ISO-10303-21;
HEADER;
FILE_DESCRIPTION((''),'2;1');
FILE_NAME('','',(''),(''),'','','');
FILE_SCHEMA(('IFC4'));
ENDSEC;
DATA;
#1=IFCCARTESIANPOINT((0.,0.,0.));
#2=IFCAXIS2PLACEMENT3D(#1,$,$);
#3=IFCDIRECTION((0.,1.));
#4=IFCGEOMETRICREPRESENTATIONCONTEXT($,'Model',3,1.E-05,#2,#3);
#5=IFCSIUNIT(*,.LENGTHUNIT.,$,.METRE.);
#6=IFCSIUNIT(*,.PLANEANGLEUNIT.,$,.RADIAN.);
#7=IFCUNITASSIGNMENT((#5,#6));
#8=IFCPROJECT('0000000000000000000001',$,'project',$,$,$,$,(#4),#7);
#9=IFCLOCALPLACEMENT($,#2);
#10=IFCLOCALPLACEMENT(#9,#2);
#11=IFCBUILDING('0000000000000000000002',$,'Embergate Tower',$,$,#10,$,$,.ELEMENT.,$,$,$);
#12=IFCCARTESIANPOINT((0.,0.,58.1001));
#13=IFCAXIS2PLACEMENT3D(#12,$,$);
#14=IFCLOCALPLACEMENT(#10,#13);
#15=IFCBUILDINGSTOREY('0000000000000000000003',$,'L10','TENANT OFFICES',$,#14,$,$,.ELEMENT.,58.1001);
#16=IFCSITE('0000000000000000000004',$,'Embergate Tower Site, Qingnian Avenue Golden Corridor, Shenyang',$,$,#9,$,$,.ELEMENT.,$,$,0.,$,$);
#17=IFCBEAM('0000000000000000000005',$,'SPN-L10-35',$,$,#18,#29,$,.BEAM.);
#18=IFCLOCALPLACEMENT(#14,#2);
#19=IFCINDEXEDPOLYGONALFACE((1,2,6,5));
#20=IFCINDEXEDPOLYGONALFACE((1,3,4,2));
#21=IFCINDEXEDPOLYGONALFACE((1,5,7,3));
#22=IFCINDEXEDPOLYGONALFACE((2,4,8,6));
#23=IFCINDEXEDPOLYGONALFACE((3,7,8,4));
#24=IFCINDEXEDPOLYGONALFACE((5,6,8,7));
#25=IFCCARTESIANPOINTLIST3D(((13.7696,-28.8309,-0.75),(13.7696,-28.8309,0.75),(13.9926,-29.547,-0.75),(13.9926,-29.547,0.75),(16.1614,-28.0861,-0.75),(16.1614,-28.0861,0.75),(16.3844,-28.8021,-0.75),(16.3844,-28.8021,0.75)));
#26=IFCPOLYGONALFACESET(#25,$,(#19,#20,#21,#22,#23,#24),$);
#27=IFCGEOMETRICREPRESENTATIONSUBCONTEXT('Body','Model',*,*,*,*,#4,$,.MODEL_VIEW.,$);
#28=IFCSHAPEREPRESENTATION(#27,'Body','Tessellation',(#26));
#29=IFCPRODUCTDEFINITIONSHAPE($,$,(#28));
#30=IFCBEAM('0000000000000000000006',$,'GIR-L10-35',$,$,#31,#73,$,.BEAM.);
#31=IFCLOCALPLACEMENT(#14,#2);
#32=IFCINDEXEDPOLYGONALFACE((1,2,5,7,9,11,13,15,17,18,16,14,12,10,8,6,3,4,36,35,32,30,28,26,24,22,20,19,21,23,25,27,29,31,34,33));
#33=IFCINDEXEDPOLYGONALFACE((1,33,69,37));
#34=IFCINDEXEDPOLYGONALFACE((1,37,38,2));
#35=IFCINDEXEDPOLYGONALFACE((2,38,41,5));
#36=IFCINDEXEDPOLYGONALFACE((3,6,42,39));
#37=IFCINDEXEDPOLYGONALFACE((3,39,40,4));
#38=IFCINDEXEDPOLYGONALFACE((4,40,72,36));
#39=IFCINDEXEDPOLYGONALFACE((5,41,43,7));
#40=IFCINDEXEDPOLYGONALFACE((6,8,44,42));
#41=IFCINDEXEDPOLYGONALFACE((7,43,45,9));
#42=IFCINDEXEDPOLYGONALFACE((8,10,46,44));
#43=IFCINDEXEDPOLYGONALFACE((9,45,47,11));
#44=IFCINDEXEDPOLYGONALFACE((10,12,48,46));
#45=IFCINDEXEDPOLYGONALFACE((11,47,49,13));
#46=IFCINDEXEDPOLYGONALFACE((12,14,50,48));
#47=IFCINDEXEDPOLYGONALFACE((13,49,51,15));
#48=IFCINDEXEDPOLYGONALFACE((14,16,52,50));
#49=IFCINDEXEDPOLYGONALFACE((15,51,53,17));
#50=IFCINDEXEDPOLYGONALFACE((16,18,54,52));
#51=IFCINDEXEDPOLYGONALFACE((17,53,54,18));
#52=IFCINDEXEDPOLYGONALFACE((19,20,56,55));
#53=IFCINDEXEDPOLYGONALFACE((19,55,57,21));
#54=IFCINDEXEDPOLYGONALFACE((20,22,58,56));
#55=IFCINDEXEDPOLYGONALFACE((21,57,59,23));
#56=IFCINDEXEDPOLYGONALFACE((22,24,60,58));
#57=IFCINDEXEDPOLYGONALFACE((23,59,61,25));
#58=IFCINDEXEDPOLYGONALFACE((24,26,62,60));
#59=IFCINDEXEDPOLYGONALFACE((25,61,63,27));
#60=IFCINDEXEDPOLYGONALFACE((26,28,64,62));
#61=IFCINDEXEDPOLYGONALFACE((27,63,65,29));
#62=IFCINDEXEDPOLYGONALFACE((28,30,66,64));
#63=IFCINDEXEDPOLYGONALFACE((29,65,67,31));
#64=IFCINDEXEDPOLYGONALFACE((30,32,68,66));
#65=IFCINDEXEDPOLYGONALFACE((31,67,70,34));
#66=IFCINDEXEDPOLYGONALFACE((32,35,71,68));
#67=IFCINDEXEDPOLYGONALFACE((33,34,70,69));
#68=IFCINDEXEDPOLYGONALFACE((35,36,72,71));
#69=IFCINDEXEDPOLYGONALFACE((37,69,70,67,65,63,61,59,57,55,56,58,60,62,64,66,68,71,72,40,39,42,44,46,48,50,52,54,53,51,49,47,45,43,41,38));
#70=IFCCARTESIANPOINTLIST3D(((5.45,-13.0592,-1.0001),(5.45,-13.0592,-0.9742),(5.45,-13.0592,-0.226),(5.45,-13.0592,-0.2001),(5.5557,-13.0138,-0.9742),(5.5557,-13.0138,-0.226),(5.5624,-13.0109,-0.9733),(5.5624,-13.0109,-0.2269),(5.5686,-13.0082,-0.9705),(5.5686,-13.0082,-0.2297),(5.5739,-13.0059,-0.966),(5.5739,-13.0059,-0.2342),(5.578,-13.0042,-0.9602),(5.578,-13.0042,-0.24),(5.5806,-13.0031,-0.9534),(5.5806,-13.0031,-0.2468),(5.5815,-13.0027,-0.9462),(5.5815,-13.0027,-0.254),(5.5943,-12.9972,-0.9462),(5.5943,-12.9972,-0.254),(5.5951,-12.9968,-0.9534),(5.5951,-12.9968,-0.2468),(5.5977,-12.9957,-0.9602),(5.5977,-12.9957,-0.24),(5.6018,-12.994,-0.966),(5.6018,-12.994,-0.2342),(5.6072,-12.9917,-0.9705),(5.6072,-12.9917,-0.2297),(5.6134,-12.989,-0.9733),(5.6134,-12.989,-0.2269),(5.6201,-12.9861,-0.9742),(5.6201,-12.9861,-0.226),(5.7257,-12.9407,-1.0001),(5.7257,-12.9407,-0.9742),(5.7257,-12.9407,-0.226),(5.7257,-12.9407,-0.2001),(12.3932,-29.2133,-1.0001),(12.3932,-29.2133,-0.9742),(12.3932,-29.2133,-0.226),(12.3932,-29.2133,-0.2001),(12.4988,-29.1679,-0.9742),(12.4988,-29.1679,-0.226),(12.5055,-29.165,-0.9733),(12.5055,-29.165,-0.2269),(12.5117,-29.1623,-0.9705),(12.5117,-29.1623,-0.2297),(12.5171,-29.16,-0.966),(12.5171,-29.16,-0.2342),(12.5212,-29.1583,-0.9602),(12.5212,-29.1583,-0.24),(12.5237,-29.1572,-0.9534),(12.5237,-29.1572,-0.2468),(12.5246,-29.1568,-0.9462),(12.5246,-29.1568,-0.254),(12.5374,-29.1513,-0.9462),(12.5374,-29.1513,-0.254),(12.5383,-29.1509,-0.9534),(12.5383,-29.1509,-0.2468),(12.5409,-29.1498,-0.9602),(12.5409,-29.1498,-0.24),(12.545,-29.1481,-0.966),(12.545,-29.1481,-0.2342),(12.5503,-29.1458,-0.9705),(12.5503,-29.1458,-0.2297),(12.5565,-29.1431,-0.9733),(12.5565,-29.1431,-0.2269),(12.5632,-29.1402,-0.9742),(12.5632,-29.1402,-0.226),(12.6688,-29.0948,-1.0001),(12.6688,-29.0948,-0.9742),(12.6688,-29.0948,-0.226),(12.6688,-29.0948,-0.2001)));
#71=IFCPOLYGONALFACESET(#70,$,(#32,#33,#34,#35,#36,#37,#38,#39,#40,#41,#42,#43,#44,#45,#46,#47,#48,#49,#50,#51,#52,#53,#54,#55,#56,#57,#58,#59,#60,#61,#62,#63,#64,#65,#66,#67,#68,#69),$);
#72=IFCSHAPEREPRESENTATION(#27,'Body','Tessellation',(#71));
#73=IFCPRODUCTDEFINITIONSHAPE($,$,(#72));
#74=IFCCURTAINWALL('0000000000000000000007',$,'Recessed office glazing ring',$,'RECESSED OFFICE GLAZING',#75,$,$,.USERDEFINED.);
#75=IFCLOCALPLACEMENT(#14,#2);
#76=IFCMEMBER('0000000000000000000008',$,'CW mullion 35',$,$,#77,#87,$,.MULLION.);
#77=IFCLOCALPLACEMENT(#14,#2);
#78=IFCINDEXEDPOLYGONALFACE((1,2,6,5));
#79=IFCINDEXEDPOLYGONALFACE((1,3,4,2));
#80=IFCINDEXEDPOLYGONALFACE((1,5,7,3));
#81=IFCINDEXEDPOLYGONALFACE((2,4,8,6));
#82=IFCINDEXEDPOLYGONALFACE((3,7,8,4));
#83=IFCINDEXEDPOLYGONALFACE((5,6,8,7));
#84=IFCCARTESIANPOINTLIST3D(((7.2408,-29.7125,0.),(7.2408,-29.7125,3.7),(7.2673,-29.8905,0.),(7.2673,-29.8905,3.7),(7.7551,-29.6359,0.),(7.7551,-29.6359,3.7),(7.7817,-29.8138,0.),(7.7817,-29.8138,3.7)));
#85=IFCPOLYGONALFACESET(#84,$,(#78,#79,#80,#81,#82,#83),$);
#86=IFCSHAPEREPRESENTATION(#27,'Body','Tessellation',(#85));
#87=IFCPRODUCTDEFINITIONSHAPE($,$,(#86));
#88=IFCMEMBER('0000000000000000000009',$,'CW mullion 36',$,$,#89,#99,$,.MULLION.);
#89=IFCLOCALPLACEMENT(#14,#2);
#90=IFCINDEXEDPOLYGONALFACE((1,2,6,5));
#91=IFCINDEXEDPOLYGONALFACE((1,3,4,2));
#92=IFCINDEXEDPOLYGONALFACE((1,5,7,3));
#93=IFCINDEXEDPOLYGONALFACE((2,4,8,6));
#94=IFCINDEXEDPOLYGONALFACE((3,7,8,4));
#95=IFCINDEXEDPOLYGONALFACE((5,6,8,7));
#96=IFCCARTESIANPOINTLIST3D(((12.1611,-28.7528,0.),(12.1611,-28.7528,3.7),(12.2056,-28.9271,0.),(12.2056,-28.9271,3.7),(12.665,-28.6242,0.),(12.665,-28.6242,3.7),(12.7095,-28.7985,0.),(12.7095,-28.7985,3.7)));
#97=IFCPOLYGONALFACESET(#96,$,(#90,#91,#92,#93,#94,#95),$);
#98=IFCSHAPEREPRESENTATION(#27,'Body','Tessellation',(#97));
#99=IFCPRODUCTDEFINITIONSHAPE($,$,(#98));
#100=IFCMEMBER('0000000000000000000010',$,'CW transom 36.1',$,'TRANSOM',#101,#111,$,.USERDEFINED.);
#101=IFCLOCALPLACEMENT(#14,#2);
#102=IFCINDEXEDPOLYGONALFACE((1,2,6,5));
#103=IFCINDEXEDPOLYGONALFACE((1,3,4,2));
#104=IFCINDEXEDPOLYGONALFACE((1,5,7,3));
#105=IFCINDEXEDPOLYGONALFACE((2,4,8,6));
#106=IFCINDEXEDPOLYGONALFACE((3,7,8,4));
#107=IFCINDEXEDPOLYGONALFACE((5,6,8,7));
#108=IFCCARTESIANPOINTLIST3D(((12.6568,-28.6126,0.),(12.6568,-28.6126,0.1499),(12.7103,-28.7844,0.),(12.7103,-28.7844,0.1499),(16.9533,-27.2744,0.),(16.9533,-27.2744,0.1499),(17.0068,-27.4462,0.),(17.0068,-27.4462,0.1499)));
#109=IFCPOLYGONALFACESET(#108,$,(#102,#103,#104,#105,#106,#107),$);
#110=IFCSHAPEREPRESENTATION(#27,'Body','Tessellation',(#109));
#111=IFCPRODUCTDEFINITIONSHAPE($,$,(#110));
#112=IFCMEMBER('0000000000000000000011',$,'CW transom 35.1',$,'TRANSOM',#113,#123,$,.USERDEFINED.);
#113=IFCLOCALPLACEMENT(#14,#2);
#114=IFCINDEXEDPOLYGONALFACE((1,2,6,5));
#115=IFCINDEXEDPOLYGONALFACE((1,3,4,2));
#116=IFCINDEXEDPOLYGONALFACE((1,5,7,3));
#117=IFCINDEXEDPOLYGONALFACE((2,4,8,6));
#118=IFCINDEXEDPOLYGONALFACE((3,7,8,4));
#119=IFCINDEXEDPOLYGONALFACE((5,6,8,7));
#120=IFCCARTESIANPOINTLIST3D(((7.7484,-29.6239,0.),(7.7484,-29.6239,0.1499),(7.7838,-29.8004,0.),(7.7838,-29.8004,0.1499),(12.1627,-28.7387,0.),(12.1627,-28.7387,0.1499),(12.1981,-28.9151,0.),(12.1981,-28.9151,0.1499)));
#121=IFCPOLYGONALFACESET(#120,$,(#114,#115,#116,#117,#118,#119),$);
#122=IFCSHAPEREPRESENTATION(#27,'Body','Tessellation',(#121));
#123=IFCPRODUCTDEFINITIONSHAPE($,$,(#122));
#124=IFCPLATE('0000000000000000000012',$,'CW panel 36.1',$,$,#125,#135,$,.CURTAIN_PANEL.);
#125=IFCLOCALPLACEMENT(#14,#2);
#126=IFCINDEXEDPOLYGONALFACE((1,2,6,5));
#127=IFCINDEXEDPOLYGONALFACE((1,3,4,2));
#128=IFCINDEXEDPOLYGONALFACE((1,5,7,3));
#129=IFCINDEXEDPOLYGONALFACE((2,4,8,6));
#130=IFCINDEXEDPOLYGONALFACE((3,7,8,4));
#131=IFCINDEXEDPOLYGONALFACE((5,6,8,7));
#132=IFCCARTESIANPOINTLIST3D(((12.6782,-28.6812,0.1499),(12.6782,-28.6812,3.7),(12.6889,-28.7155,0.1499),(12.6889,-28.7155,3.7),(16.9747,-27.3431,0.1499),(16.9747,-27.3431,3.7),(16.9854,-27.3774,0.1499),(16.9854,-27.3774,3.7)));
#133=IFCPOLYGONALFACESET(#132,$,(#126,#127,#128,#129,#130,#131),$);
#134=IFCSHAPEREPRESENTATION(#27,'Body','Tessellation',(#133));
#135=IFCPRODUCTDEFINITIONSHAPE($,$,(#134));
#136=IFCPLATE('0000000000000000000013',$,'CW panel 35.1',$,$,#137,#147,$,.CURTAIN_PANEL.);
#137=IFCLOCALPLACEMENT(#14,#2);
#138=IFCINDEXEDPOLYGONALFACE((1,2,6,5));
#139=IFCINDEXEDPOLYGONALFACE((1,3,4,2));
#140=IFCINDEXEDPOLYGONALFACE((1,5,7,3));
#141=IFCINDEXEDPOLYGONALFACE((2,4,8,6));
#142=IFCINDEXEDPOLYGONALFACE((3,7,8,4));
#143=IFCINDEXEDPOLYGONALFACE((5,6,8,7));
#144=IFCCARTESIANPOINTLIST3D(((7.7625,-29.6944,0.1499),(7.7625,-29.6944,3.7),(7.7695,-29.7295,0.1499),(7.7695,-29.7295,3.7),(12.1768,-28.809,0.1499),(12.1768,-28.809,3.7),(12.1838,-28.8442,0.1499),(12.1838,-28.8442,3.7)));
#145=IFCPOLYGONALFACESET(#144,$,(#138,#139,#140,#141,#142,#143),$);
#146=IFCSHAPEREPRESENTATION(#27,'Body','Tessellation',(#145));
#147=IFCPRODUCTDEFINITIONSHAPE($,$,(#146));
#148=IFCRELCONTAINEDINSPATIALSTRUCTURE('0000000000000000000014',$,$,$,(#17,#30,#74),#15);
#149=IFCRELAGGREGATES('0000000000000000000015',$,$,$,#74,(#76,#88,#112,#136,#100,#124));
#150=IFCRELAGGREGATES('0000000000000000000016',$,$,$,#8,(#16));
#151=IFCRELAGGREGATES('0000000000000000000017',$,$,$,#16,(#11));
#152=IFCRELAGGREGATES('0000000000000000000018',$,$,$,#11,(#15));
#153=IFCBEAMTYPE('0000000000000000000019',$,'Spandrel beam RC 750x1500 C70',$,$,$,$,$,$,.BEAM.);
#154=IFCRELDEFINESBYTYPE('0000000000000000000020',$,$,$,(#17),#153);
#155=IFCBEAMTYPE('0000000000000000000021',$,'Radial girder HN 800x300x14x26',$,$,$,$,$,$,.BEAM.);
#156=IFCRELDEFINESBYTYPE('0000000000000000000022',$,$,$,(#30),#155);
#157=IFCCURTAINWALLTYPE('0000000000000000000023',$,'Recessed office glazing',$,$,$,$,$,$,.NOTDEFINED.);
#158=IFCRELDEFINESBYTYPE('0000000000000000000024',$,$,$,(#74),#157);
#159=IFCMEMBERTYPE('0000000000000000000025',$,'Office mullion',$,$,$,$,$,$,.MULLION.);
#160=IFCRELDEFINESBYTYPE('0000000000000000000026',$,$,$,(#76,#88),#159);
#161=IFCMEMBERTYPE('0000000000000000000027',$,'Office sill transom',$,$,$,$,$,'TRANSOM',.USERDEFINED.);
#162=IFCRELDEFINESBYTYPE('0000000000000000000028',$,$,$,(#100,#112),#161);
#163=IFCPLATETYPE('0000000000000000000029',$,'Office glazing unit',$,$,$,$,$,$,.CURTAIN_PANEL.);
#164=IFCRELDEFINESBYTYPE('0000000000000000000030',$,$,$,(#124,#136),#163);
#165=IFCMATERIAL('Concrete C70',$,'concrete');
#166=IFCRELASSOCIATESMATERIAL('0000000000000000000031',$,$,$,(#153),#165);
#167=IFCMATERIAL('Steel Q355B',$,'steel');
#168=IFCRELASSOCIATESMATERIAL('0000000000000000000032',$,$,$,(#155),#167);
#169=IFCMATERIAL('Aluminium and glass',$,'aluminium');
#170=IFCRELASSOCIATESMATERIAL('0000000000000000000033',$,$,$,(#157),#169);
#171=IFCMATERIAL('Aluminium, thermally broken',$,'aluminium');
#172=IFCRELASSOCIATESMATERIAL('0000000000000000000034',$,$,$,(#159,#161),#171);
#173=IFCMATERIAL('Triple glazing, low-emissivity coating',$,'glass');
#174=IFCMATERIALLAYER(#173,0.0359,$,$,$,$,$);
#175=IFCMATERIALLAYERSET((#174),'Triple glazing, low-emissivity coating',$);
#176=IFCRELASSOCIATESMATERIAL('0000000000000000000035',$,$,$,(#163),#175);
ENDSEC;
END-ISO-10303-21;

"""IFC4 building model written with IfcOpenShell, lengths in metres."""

from ifc_helpers import new_model, si_unit, direction, frame, origin, origin_2d, place, context, subcontext, project, spatial, rectangle, i_section, extrude, source, transform, mapped, material, layer, layer_set, material_profile, profile_set, type_object, element, aggregate, save


model = new_model("IFC4")

# Units and contexts
model_context = context("Model", 3, precision=1e-05, world=origin(), true_north=direction((0.0, 1.0)))
body_context = subcontext(model_context, "Body", "Model", "MODEL_VIEW")
ifc_project = project(units=[si_unit("LENGTHUNIT", "METRE"), si_unit("PLANEANGLEUNIT", "RADIAN")], contexts=[model_context])

# Site, building, storey
site_placement = place(None, origin())
site = spatial("IfcSite", under=ifc_project, at=site_placement, Name="Embergate Tower Site, Qingnian Avenue Golden Corridor, Shenyang", CompositionType="ELEMENT", RefElevation=0.0)
building_placement = place(site_placement, origin())
building = spatial("IfcBuilding", under=site, at=building_placement, Name="Embergate Tower", CompositionType="ELEMENT")
storey_placement = place(building_placement, frame((0.0, 0.0, 58.1001)))
storey = spatial("IfcBuildingStorey", under=building, at=storey_placement, Name="L10", Description="TENANT OFFICES", CompositionType="ELEMENT", Elevation=58.1001)

# Beams
ifc_material_1 = material(Name="Concrete C70", Category="concrete")
ifc_material_profile_1 = material_profile(ifc_material_1, rectangle(XDim=0.75, YDim=1.5, at=origin_2d()), Name="RC 750x1500")
ifc_profile_set_1 = profile_set([ifc_material_profile_1], Name="Concrete C70")
beam_type_1 = type_object("IfcBeamType", Name="Spandrel beam RC 750x1500 C70", PredefinedType="BEAM", material=ifc_profile_set_1)
shared_shape_1 = source(origin(), body_context, "Body", "SweptSolid", [
    extrude(rectangle(XDim=0.75, YDim=1.5, at=origin_2d()), origin(), (0.0, 0.0, 1.0), 2.5051),
])
beam_1_placement = place(storey_placement, frame((13.8811, -29.189, 0.0), z_axis=(0.954773, 0.297337, 0.0), x_axis=(-0.297337, 0.954773, 0.0)))
element("IfcBeam", 1, at=beam_1_placement, inside=storey, type_object=beam_type_1, Name="SPN-L10-35", PredefinedType="BEAM", context=body_context, shape_type="MappedRepresentation", body=[
    mapped(shared_shape_1, transform((0.0, 0.0, 0.0))),
])
ifc_material_2 = material(Name="Steel Q355B", Category="steel")
ifc_material_profile_2 = material_profile(ifc_material_2, i_section(OverallWidth=0.3, OverallDepth=0.8, WebThickness=0.0139, FlangeThickness=0.0259, FilletRadius=0.0281, at=origin_2d()), Name="HN 800x300x14x26")
ifc_profile_set_2 = profile_set([ifc_material_profile_2], Name="Steel Q355 grade B")
beam_type_2 = type_object("IfcBeamType", Name="Radial girder HN 800x300x14x26", PredefinedType="BEAM", material=ifc_profile_set_2)
shared_shape_2 = source(origin(), body_context, "Body", "SweptSolid", [
    extrude(i_section(OverallWidth=0.3, OverallDepth=0.8, WebThickness=0.0139, FlangeThickness=0.0259, FilletRadius=0.0281, at=origin_2d()), origin(), (0.0, 0.0, 1.0), 17.583),
])
beam_2_placement = place(storey_placement, frame((12.531, -29.1541, -0.6001), z_axis=(-0.394878, 0.918734, 0.0), x_axis=(-0.918734, -0.394878, 0.0)))
element("IfcBeam", 2, at=beam_2_placement, inside=storey, type_object=beam_type_2, Name="GIR-L10-35", PredefinedType="BEAM", context=body_context, shape_type="MappedRepresentation", body=[
    mapped(shared_shape_2, transform((0.0, 0.0, 0.0))),
])

# Curtain wall, members, plates
ifc_material_3 = material(Name="Aluminium and glass", Category="aluminium")
curtain_wall_type = type_object("IfcCurtainWallType", Name="Recessed office glazing", PredefinedType="NOTDEFINED", material=ifc_material_3)
curtain_wall_placement = place(storey_placement, origin())
curtain_wall = element("IfcCurtainWall", 3, at=curtain_wall_placement, inside=storey, type_object=curtain_wall_type, Name="Recessed office glazing ring", ObjectType="RECESSED OFFICE GLAZING", PredefinedType="USERDEFINED")
ifc_material_4 = material(Name="Aluminium, thermally broken", Category="aluminium")
ifc_material_profile_3 = material_profile(ifc_material_4, rectangle(XDim=0.1799, YDim=0.52, at=origin_2d()), Name="AL 520x180")
ifc_profile_set_3 = profile_set([ifc_material_profile_3], Name="Aluminium, thermally broken")
member_type_1 = type_object("IfcMemberType", Name="Office mullion", PredefinedType="MULLION", material=ifc_profile_set_3)
shared_shape_3 = source(origin(), body_context, "Body", "SweptSolid", [
    extrude(rectangle(XDim=0.1799, YDim=0.52, at=origin_2d()), origin(), (0.0, 0.0, 1.0), 3.7),
])
member_1_placement = place(storey_placement, frame((7.5112, -29.7632, 0.0), z_axis=(0.0, 0.0, 1.0), x_axis=(-0.147416, 0.989075, 0.0)))
member_1 = element("IfcMember", 4, at=member_1_placement, type_object=member_type_1, Name="CW mullion 35", PredefinedType="MULLION", context=body_context, shape_type="MappedRepresentation", body=[
    mapped(shared_shape_3, transform((0.0, 0.0, 0.0))),
])
member_2_placement = place(storey_placement, frame((12.4353, -28.7756, 0.0), z_axis=(0.0, 0.0, 1.0), x_axis=(-0.247319, 0.968934, 0.0)))
member_2 = element("IfcMember", 5, at=member_2_placement, type_object=member_type_1, Name="CW mullion 36", PredefinedType="MULLION", context=body_context, shape_type="MappedRepresentation", body=[
    mapped(shared_shape_3, transform((0.0, 0.0, 0.0))),
])
ifc_material_profile_4 = material_profile(ifc_material_4, rectangle(XDim=0.1799, YDim=0.1499, at=origin_2d()), Name="AL 150x180")
ifc_profile_set_4 = profile_set([ifc_material_profile_4], Name="Aluminium, thermally broken")
member_type_2 = type_object("IfcMemberType", Name="Office sill transom", ElementType="TRANSOM", PredefinedType="USERDEFINED", material=ifc_profile_set_4)
shared_shape_4 = source(origin(), body_context, "Body", "SweptSolid", [
    extrude(rectangle(XDim=0.1799, YDim=0.1499, at=origin_2d()), origin(), (0.0, 0.0, 1.0), 4.5),
])
member_3_placement = place(storey_placement, frame((12.6836, -28.6985, 0.075), z_axis=(0.954763, 0.297367, 0.0), x_axis=(-0.297367, 0.954763, 0.0)))
member_3 = element("IfcMember", 6, at=member_3_placement, type_object=member_type_2, Name="CW transom 36.1", ObjectType="TRANSOM", PredefinedType="USERDEFINED", context=body_context, shape_type="MappedRepresentation", body=[
    mapped(shared_shape_4, transform((0.0, 0.0, 0.0))),
])
shared_shape_5 = source(origin(), body_context, "Body", "SweptSolid", [
    extrude(rectangle(XDim=0.1799, YDim=0.1499, at=origin_2d()), origin(), (0.0, 0.0, 1.0), 4.5022),
])
member_4_placement = place(storey_placement, frame((7.7661, -29.7122, 0.075), z_axis=(0.980478, 0.196627, 0.0), x_axis=(-0.196627, 0.980478, 0.0)))
member_4 = element("IfcMember", 7, at=member_4_placement, type_object=member_type_2, Name="CW transom 35.1", ObjectType="TRANSOM", PredefinedType="USERDEFINED", context=body_context, shape_type="MappedRepresentation", body=[
    mapped(shared_shape_5, transform((0.0, 0.0, 0.0))),
])
ifc_material_5 = material(Name="Triple glazing, low-emissivity coating", Category="glass")
ifc_layer_1 = layer(ifc_material_5, 0.0359)
ifc_layer_set_1 = layer_set([ifc_layer_1], Name="Triple glazing, low-emissivity coating")
plate_type = type_object("IfcPlateType", Name="Office glazing unit", PredefinedType="CURTAIN_PANEL", material=ifc_layer_set_1)
shared_shape_6 = source(origin(), body_context, "Body", "SweptSolid", [
    extrude(rectangle(XDim=4.5, YDim=0.0359, at=origin_2d()), origin(), (0.0, 0.0, 1.0), 3.55),
])
plate_1_placement = place(storey_placement, frame((14.8318, -28.0293, 0.1499), z_axis=(0.0, 0.0, 1.0), x_axis=(0.95477, 0.297345, 0.0)))
plate_1 = element("IfcPlate", 8, at=plate_1_placement, type_object=plate_type, Name="CW panel 36.1", PredefinedType="CURTAIN_PANEL", context=body_context, shape_type="MappedRepresentation", body=[
    mapped(shared_shape_6, transform((0.0, 0.0, 0.0))),
])
shared_shape_7 = source(origin(), body_context, "Body", "SweptSolid", [
    extrude(rectangle(XDim=4.5022, YDim=0.0359, at=origin_2d()), origin(), (0.0, 0.0, 1.0), 3.55),
])
plate_2_placement = place(storey_placement, frame((9.9731, -29.2693, 0.1499), z_axis=(0.0, 0.0, 1.0), x_axis=(0.980475, 0.196644, 0.0)))
plate_2 = element("IfcPlate", 9, at=plate_2_placement, type_object=plate_type, Name="CW panel 35.1", PredefinedType="CURTAIN_PANEL", context=body_context, shape_type="MappedRepresentation", body=[
    mapped(shared_shape_7, transform((0.0, 0.0, 0.0))),
])
aggregate(curtain_wall, [member_1, member_2, member_4, plate_2, member_3, plate_1])

save(model, "model.ifc")
